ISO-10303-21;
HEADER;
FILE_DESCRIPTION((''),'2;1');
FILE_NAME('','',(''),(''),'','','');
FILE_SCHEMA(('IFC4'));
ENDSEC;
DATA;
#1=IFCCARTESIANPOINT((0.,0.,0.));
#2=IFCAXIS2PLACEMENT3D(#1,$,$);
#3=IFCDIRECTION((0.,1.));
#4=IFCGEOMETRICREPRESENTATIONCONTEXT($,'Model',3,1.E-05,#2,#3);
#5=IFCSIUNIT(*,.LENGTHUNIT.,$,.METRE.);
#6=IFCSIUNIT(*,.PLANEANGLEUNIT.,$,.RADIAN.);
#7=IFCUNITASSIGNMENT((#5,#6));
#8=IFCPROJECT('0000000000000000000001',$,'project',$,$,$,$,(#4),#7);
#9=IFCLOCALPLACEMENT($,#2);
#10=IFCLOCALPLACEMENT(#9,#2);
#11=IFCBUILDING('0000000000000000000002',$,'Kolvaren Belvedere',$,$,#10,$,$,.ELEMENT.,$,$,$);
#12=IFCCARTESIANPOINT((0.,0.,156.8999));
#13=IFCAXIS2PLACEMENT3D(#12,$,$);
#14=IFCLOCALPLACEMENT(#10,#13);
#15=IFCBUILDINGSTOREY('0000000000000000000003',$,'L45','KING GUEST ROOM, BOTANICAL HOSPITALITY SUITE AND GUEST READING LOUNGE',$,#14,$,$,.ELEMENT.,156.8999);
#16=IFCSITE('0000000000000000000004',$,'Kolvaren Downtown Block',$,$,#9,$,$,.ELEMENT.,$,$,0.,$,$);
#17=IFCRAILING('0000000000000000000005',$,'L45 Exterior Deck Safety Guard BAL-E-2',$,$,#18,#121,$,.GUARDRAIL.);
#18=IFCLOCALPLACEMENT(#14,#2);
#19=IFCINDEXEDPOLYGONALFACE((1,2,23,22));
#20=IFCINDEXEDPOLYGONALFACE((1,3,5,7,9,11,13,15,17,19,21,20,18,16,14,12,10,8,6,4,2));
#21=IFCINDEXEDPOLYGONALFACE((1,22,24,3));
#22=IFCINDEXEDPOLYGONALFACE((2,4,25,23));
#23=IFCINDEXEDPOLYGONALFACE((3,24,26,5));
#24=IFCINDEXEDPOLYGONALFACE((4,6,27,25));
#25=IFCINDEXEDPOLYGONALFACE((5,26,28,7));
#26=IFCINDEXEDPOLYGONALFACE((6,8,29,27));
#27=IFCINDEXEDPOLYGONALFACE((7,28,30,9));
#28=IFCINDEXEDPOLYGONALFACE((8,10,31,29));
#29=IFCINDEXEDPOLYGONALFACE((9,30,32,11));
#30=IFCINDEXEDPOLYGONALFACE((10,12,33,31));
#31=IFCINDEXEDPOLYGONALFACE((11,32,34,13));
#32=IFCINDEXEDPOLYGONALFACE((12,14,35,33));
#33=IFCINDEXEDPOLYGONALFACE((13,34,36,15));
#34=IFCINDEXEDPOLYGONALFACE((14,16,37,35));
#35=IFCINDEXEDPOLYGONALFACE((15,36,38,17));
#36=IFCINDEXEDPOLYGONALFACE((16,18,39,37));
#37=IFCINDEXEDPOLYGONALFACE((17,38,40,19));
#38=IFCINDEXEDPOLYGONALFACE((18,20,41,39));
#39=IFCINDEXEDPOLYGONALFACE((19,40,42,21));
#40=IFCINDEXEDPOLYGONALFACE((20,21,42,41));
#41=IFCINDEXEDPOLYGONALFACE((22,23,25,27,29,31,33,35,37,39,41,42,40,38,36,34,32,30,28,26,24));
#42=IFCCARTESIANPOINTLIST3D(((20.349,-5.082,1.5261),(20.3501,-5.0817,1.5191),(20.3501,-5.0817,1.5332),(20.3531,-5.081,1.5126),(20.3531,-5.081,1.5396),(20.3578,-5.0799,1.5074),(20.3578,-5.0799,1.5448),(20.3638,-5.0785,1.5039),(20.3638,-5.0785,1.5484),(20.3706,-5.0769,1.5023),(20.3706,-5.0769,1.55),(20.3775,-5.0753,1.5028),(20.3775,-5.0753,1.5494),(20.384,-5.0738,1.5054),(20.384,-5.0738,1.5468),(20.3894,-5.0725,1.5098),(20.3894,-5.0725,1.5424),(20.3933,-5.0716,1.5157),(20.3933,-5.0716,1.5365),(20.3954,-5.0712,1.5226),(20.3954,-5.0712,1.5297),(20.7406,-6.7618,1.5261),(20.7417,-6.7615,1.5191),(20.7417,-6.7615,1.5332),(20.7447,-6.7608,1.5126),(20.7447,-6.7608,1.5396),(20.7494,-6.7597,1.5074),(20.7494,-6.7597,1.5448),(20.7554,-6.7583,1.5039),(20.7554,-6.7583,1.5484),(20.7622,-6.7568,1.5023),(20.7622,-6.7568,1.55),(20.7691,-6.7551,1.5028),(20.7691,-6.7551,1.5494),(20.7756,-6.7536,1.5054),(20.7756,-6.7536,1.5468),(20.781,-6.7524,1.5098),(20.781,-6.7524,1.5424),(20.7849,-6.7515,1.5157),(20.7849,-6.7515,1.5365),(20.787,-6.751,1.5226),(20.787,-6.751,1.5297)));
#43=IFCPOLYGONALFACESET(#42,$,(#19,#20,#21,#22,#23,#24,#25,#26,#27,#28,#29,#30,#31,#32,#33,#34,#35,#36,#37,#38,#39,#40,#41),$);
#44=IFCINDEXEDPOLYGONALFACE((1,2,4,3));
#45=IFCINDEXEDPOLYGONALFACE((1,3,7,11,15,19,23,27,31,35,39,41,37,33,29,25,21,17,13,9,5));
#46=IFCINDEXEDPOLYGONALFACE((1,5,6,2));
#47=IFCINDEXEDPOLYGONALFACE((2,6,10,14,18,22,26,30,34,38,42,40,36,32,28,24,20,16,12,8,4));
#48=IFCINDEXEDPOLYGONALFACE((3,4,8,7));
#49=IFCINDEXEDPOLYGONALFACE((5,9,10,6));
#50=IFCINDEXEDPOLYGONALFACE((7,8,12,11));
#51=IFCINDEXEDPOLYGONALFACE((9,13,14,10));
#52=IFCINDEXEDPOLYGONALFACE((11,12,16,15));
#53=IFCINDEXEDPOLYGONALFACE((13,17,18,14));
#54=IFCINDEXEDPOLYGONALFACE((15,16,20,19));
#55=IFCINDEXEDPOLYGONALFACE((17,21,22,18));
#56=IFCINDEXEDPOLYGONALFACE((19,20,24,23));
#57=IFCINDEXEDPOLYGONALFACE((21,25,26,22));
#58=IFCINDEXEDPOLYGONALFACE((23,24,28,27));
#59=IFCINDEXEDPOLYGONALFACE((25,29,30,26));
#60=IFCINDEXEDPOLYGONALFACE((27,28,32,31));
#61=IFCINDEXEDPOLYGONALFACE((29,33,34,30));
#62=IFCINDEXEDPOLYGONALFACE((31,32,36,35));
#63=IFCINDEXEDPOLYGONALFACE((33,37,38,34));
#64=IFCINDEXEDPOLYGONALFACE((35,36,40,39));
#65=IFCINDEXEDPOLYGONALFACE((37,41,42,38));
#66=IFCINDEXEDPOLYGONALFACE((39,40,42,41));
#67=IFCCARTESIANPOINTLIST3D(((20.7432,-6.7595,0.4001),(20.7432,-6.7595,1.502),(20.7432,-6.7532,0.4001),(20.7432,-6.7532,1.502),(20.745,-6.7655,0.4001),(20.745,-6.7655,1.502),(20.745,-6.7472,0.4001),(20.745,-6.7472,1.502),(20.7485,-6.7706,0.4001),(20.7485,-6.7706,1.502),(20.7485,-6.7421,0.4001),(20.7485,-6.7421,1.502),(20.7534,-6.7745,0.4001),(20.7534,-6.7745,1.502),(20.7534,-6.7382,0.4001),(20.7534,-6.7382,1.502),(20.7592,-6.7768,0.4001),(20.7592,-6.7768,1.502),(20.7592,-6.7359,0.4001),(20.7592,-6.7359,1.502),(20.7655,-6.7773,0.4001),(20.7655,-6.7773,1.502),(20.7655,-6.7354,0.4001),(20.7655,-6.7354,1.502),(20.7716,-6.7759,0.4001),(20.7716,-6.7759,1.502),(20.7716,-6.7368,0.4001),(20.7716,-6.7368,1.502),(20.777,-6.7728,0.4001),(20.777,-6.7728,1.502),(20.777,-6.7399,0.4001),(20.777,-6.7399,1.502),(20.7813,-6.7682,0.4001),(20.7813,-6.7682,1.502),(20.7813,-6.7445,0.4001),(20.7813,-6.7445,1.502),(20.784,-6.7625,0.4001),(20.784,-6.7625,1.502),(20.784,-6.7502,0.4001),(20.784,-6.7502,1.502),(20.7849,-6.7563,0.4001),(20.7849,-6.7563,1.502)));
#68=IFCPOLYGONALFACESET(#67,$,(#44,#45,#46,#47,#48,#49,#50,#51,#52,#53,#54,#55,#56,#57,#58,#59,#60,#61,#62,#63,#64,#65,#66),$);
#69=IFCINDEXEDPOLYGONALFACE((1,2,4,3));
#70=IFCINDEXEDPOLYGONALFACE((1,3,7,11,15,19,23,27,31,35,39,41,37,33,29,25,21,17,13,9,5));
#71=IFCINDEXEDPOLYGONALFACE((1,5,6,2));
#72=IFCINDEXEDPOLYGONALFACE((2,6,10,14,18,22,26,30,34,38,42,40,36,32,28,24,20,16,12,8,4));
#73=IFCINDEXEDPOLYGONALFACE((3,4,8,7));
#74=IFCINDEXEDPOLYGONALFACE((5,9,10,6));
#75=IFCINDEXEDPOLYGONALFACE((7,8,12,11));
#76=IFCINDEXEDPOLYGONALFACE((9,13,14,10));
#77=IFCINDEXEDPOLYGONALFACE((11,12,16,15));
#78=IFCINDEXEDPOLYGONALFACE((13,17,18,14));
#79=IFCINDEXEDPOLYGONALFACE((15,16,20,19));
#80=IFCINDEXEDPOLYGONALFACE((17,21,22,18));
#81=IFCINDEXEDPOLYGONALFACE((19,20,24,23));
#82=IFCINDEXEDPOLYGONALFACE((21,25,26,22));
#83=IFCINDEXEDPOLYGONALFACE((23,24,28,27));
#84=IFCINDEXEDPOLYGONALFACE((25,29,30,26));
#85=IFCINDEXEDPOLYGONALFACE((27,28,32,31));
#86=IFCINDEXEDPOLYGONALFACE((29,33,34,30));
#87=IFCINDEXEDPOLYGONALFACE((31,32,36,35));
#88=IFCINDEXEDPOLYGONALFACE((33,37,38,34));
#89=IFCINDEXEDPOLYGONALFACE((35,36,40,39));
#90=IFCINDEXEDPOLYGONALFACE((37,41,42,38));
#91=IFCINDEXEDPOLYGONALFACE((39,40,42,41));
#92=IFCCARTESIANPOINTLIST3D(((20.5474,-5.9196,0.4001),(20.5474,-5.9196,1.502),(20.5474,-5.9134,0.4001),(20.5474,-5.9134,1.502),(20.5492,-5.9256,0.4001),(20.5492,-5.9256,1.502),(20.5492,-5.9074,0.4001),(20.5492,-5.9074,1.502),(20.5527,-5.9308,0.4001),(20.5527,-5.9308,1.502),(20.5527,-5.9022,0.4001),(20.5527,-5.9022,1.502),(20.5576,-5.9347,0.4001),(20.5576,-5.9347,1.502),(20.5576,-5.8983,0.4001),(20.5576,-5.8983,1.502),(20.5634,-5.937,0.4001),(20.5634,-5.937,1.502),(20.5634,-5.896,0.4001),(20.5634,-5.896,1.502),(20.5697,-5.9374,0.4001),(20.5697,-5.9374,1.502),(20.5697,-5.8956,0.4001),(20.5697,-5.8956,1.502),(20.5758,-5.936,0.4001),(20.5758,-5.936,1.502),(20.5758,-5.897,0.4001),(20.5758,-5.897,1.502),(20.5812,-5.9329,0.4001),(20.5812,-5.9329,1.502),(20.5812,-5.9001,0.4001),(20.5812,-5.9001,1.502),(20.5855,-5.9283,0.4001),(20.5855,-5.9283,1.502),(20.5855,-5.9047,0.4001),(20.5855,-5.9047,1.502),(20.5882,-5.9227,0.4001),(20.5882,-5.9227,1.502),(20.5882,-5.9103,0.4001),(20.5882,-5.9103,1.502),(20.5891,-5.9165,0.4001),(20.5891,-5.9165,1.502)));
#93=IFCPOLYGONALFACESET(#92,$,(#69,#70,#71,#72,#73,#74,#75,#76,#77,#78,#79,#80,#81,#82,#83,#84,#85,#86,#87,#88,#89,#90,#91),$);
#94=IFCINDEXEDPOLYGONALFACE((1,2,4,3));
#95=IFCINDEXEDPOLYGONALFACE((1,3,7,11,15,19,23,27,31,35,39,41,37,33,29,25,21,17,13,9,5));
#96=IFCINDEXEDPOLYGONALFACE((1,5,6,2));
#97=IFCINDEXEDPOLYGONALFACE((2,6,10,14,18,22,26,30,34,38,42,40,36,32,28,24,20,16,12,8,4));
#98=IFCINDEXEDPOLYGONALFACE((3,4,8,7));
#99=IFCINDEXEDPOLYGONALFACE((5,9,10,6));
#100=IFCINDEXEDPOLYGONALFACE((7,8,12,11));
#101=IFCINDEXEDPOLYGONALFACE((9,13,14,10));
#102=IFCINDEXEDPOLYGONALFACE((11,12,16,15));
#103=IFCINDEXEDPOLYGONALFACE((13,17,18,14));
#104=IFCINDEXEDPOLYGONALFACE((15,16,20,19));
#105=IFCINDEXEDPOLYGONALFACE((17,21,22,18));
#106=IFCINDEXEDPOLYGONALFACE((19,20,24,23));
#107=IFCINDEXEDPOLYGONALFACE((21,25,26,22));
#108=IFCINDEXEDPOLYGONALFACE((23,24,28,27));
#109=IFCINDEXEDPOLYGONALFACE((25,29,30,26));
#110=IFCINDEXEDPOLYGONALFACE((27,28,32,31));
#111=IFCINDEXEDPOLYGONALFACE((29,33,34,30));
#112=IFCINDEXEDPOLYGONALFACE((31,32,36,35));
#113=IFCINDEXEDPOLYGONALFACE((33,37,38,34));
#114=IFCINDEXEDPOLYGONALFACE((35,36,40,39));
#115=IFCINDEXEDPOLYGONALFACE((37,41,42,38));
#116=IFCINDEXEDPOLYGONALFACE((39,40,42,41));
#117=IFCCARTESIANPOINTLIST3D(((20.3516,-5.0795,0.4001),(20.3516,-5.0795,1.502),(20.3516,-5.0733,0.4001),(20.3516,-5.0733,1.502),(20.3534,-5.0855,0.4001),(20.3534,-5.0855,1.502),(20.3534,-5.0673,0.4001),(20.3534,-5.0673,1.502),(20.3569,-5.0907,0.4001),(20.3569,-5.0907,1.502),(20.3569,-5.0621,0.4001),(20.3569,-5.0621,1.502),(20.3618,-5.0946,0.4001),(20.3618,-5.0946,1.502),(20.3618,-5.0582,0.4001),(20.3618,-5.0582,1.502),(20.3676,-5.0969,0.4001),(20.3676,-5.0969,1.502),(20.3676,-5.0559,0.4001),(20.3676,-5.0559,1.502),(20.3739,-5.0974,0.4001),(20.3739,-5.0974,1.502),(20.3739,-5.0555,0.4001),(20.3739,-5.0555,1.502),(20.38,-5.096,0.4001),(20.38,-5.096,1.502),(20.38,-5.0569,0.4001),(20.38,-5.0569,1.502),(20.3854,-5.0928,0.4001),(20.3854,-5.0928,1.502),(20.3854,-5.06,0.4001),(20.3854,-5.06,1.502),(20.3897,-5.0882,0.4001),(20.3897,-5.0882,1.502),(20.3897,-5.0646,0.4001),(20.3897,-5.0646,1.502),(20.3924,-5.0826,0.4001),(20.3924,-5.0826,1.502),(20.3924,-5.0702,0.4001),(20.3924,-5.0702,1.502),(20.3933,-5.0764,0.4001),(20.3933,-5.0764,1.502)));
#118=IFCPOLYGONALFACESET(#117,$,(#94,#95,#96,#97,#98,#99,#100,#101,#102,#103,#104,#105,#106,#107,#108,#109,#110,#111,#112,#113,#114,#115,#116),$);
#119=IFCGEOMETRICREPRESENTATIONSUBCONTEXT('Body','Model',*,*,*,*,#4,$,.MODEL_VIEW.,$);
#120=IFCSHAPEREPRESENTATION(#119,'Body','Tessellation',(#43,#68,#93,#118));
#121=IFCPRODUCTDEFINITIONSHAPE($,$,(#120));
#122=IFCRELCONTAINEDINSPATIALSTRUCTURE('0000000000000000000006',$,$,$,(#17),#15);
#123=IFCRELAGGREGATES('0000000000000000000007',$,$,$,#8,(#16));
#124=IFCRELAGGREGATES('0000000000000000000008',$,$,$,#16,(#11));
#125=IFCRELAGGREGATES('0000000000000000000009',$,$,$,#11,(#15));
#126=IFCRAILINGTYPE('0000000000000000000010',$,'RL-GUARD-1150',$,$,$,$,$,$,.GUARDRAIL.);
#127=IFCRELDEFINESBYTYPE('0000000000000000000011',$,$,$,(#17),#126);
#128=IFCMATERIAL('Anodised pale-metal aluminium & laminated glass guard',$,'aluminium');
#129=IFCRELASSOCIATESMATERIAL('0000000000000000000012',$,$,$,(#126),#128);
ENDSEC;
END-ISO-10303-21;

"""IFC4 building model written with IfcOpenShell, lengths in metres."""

from ifc_helpers import new_model, si_unit, direction, frame, origin, origin_2d, place, context, subcontext, project, spatial, circle, extrude, material, type_object, element, save


model = new_model("IFC4")

# Units and contexts
model_context = context("Model", 3, precision=1e-05, world=origin(), true_north=direction((0.0, 1.0)))
body_context = subcontext(model_context, "Body", "Model", "MODEL_VIEW")
ifc_project = project(units=[si_unit("LENGTHUNIT", "METRE"), si_unit("PLANEANGLEUNIT", "RADIAN")], contexts=[model_context])

# Site, building, storey
site_placement = place(None, origin())
site = spatial("IfcSite", under=ifc_project, at=site_placement, Name="Kolvaren Downtown Block", CompositionType="ELEMENT", RefElevation=0.0)
building_placement = place(site_placement, origin())
building = spatial("IfcBuilding", under=site, at=building_placement, Name="Kolvaren Belvedere", CompositionType="ELEMENT")
storey_placement = place(building_placement, frame((0.0, 0.0, 156.8999)))
storey = spatial("IfcBuildingStorey", under=building, at=storey_placement, Name="L45", Description="KING GUEST ROOM, BOTANICAL HOSPITALITY SUITE AND GUEST READING LOUNGE", CompositionType="ELEMENT", Elevation=156.8999)

# Railing
ifc_material_1 = material(Name="Anodised pale-metal aluminium & laminated glass guard", Category="aluminium")
railing_type = type_object("IfcRailingType", Name="RL-GUARD-1150", PredefinedType="GUARDRAIL", material=ifc_material_1)
railing_1_placement = place(storey_placement, frame((20.7639, -6.7563, 0.4001)))
element("IfcRailing", 1, at=railing_1_placement, inside=storey, type_object=railing_type, Name="L45 Exterior Deck Safety Guard BAL-E-2", PredefinedType="GUARDRAIL", context=body_context, shape_type="SweptSolid", body=[
    extrude(circle(Radius=0.0239, at=origin_2d()), frame((0.0, 0.0, 1.126), z_axis=(-0.227019, 0.97389, 0.0), x_axis=(-0.97389, -0.227019, 0.0)), (0.0, 0.0, 1.0), 1.7249),
    extrude(circle(Radius=0.021, at=origin_2d()), origin(), (0.0, 0.0, 1.0), 1.1018),
    extrude(circle(Radius=0.021, at=origin_2d()), frame((-0.1958, 0.8398, 0.0)), (0.0, 0.0, 1.0), 1.1018),
    extrude(circle(Radius=0.021, at=origin_2d()), frame((-0.3916, 1.6799, 0.0)), (0.0, 0.0, 1.0), 1.1018),
])

save(model, "model.ifc")
